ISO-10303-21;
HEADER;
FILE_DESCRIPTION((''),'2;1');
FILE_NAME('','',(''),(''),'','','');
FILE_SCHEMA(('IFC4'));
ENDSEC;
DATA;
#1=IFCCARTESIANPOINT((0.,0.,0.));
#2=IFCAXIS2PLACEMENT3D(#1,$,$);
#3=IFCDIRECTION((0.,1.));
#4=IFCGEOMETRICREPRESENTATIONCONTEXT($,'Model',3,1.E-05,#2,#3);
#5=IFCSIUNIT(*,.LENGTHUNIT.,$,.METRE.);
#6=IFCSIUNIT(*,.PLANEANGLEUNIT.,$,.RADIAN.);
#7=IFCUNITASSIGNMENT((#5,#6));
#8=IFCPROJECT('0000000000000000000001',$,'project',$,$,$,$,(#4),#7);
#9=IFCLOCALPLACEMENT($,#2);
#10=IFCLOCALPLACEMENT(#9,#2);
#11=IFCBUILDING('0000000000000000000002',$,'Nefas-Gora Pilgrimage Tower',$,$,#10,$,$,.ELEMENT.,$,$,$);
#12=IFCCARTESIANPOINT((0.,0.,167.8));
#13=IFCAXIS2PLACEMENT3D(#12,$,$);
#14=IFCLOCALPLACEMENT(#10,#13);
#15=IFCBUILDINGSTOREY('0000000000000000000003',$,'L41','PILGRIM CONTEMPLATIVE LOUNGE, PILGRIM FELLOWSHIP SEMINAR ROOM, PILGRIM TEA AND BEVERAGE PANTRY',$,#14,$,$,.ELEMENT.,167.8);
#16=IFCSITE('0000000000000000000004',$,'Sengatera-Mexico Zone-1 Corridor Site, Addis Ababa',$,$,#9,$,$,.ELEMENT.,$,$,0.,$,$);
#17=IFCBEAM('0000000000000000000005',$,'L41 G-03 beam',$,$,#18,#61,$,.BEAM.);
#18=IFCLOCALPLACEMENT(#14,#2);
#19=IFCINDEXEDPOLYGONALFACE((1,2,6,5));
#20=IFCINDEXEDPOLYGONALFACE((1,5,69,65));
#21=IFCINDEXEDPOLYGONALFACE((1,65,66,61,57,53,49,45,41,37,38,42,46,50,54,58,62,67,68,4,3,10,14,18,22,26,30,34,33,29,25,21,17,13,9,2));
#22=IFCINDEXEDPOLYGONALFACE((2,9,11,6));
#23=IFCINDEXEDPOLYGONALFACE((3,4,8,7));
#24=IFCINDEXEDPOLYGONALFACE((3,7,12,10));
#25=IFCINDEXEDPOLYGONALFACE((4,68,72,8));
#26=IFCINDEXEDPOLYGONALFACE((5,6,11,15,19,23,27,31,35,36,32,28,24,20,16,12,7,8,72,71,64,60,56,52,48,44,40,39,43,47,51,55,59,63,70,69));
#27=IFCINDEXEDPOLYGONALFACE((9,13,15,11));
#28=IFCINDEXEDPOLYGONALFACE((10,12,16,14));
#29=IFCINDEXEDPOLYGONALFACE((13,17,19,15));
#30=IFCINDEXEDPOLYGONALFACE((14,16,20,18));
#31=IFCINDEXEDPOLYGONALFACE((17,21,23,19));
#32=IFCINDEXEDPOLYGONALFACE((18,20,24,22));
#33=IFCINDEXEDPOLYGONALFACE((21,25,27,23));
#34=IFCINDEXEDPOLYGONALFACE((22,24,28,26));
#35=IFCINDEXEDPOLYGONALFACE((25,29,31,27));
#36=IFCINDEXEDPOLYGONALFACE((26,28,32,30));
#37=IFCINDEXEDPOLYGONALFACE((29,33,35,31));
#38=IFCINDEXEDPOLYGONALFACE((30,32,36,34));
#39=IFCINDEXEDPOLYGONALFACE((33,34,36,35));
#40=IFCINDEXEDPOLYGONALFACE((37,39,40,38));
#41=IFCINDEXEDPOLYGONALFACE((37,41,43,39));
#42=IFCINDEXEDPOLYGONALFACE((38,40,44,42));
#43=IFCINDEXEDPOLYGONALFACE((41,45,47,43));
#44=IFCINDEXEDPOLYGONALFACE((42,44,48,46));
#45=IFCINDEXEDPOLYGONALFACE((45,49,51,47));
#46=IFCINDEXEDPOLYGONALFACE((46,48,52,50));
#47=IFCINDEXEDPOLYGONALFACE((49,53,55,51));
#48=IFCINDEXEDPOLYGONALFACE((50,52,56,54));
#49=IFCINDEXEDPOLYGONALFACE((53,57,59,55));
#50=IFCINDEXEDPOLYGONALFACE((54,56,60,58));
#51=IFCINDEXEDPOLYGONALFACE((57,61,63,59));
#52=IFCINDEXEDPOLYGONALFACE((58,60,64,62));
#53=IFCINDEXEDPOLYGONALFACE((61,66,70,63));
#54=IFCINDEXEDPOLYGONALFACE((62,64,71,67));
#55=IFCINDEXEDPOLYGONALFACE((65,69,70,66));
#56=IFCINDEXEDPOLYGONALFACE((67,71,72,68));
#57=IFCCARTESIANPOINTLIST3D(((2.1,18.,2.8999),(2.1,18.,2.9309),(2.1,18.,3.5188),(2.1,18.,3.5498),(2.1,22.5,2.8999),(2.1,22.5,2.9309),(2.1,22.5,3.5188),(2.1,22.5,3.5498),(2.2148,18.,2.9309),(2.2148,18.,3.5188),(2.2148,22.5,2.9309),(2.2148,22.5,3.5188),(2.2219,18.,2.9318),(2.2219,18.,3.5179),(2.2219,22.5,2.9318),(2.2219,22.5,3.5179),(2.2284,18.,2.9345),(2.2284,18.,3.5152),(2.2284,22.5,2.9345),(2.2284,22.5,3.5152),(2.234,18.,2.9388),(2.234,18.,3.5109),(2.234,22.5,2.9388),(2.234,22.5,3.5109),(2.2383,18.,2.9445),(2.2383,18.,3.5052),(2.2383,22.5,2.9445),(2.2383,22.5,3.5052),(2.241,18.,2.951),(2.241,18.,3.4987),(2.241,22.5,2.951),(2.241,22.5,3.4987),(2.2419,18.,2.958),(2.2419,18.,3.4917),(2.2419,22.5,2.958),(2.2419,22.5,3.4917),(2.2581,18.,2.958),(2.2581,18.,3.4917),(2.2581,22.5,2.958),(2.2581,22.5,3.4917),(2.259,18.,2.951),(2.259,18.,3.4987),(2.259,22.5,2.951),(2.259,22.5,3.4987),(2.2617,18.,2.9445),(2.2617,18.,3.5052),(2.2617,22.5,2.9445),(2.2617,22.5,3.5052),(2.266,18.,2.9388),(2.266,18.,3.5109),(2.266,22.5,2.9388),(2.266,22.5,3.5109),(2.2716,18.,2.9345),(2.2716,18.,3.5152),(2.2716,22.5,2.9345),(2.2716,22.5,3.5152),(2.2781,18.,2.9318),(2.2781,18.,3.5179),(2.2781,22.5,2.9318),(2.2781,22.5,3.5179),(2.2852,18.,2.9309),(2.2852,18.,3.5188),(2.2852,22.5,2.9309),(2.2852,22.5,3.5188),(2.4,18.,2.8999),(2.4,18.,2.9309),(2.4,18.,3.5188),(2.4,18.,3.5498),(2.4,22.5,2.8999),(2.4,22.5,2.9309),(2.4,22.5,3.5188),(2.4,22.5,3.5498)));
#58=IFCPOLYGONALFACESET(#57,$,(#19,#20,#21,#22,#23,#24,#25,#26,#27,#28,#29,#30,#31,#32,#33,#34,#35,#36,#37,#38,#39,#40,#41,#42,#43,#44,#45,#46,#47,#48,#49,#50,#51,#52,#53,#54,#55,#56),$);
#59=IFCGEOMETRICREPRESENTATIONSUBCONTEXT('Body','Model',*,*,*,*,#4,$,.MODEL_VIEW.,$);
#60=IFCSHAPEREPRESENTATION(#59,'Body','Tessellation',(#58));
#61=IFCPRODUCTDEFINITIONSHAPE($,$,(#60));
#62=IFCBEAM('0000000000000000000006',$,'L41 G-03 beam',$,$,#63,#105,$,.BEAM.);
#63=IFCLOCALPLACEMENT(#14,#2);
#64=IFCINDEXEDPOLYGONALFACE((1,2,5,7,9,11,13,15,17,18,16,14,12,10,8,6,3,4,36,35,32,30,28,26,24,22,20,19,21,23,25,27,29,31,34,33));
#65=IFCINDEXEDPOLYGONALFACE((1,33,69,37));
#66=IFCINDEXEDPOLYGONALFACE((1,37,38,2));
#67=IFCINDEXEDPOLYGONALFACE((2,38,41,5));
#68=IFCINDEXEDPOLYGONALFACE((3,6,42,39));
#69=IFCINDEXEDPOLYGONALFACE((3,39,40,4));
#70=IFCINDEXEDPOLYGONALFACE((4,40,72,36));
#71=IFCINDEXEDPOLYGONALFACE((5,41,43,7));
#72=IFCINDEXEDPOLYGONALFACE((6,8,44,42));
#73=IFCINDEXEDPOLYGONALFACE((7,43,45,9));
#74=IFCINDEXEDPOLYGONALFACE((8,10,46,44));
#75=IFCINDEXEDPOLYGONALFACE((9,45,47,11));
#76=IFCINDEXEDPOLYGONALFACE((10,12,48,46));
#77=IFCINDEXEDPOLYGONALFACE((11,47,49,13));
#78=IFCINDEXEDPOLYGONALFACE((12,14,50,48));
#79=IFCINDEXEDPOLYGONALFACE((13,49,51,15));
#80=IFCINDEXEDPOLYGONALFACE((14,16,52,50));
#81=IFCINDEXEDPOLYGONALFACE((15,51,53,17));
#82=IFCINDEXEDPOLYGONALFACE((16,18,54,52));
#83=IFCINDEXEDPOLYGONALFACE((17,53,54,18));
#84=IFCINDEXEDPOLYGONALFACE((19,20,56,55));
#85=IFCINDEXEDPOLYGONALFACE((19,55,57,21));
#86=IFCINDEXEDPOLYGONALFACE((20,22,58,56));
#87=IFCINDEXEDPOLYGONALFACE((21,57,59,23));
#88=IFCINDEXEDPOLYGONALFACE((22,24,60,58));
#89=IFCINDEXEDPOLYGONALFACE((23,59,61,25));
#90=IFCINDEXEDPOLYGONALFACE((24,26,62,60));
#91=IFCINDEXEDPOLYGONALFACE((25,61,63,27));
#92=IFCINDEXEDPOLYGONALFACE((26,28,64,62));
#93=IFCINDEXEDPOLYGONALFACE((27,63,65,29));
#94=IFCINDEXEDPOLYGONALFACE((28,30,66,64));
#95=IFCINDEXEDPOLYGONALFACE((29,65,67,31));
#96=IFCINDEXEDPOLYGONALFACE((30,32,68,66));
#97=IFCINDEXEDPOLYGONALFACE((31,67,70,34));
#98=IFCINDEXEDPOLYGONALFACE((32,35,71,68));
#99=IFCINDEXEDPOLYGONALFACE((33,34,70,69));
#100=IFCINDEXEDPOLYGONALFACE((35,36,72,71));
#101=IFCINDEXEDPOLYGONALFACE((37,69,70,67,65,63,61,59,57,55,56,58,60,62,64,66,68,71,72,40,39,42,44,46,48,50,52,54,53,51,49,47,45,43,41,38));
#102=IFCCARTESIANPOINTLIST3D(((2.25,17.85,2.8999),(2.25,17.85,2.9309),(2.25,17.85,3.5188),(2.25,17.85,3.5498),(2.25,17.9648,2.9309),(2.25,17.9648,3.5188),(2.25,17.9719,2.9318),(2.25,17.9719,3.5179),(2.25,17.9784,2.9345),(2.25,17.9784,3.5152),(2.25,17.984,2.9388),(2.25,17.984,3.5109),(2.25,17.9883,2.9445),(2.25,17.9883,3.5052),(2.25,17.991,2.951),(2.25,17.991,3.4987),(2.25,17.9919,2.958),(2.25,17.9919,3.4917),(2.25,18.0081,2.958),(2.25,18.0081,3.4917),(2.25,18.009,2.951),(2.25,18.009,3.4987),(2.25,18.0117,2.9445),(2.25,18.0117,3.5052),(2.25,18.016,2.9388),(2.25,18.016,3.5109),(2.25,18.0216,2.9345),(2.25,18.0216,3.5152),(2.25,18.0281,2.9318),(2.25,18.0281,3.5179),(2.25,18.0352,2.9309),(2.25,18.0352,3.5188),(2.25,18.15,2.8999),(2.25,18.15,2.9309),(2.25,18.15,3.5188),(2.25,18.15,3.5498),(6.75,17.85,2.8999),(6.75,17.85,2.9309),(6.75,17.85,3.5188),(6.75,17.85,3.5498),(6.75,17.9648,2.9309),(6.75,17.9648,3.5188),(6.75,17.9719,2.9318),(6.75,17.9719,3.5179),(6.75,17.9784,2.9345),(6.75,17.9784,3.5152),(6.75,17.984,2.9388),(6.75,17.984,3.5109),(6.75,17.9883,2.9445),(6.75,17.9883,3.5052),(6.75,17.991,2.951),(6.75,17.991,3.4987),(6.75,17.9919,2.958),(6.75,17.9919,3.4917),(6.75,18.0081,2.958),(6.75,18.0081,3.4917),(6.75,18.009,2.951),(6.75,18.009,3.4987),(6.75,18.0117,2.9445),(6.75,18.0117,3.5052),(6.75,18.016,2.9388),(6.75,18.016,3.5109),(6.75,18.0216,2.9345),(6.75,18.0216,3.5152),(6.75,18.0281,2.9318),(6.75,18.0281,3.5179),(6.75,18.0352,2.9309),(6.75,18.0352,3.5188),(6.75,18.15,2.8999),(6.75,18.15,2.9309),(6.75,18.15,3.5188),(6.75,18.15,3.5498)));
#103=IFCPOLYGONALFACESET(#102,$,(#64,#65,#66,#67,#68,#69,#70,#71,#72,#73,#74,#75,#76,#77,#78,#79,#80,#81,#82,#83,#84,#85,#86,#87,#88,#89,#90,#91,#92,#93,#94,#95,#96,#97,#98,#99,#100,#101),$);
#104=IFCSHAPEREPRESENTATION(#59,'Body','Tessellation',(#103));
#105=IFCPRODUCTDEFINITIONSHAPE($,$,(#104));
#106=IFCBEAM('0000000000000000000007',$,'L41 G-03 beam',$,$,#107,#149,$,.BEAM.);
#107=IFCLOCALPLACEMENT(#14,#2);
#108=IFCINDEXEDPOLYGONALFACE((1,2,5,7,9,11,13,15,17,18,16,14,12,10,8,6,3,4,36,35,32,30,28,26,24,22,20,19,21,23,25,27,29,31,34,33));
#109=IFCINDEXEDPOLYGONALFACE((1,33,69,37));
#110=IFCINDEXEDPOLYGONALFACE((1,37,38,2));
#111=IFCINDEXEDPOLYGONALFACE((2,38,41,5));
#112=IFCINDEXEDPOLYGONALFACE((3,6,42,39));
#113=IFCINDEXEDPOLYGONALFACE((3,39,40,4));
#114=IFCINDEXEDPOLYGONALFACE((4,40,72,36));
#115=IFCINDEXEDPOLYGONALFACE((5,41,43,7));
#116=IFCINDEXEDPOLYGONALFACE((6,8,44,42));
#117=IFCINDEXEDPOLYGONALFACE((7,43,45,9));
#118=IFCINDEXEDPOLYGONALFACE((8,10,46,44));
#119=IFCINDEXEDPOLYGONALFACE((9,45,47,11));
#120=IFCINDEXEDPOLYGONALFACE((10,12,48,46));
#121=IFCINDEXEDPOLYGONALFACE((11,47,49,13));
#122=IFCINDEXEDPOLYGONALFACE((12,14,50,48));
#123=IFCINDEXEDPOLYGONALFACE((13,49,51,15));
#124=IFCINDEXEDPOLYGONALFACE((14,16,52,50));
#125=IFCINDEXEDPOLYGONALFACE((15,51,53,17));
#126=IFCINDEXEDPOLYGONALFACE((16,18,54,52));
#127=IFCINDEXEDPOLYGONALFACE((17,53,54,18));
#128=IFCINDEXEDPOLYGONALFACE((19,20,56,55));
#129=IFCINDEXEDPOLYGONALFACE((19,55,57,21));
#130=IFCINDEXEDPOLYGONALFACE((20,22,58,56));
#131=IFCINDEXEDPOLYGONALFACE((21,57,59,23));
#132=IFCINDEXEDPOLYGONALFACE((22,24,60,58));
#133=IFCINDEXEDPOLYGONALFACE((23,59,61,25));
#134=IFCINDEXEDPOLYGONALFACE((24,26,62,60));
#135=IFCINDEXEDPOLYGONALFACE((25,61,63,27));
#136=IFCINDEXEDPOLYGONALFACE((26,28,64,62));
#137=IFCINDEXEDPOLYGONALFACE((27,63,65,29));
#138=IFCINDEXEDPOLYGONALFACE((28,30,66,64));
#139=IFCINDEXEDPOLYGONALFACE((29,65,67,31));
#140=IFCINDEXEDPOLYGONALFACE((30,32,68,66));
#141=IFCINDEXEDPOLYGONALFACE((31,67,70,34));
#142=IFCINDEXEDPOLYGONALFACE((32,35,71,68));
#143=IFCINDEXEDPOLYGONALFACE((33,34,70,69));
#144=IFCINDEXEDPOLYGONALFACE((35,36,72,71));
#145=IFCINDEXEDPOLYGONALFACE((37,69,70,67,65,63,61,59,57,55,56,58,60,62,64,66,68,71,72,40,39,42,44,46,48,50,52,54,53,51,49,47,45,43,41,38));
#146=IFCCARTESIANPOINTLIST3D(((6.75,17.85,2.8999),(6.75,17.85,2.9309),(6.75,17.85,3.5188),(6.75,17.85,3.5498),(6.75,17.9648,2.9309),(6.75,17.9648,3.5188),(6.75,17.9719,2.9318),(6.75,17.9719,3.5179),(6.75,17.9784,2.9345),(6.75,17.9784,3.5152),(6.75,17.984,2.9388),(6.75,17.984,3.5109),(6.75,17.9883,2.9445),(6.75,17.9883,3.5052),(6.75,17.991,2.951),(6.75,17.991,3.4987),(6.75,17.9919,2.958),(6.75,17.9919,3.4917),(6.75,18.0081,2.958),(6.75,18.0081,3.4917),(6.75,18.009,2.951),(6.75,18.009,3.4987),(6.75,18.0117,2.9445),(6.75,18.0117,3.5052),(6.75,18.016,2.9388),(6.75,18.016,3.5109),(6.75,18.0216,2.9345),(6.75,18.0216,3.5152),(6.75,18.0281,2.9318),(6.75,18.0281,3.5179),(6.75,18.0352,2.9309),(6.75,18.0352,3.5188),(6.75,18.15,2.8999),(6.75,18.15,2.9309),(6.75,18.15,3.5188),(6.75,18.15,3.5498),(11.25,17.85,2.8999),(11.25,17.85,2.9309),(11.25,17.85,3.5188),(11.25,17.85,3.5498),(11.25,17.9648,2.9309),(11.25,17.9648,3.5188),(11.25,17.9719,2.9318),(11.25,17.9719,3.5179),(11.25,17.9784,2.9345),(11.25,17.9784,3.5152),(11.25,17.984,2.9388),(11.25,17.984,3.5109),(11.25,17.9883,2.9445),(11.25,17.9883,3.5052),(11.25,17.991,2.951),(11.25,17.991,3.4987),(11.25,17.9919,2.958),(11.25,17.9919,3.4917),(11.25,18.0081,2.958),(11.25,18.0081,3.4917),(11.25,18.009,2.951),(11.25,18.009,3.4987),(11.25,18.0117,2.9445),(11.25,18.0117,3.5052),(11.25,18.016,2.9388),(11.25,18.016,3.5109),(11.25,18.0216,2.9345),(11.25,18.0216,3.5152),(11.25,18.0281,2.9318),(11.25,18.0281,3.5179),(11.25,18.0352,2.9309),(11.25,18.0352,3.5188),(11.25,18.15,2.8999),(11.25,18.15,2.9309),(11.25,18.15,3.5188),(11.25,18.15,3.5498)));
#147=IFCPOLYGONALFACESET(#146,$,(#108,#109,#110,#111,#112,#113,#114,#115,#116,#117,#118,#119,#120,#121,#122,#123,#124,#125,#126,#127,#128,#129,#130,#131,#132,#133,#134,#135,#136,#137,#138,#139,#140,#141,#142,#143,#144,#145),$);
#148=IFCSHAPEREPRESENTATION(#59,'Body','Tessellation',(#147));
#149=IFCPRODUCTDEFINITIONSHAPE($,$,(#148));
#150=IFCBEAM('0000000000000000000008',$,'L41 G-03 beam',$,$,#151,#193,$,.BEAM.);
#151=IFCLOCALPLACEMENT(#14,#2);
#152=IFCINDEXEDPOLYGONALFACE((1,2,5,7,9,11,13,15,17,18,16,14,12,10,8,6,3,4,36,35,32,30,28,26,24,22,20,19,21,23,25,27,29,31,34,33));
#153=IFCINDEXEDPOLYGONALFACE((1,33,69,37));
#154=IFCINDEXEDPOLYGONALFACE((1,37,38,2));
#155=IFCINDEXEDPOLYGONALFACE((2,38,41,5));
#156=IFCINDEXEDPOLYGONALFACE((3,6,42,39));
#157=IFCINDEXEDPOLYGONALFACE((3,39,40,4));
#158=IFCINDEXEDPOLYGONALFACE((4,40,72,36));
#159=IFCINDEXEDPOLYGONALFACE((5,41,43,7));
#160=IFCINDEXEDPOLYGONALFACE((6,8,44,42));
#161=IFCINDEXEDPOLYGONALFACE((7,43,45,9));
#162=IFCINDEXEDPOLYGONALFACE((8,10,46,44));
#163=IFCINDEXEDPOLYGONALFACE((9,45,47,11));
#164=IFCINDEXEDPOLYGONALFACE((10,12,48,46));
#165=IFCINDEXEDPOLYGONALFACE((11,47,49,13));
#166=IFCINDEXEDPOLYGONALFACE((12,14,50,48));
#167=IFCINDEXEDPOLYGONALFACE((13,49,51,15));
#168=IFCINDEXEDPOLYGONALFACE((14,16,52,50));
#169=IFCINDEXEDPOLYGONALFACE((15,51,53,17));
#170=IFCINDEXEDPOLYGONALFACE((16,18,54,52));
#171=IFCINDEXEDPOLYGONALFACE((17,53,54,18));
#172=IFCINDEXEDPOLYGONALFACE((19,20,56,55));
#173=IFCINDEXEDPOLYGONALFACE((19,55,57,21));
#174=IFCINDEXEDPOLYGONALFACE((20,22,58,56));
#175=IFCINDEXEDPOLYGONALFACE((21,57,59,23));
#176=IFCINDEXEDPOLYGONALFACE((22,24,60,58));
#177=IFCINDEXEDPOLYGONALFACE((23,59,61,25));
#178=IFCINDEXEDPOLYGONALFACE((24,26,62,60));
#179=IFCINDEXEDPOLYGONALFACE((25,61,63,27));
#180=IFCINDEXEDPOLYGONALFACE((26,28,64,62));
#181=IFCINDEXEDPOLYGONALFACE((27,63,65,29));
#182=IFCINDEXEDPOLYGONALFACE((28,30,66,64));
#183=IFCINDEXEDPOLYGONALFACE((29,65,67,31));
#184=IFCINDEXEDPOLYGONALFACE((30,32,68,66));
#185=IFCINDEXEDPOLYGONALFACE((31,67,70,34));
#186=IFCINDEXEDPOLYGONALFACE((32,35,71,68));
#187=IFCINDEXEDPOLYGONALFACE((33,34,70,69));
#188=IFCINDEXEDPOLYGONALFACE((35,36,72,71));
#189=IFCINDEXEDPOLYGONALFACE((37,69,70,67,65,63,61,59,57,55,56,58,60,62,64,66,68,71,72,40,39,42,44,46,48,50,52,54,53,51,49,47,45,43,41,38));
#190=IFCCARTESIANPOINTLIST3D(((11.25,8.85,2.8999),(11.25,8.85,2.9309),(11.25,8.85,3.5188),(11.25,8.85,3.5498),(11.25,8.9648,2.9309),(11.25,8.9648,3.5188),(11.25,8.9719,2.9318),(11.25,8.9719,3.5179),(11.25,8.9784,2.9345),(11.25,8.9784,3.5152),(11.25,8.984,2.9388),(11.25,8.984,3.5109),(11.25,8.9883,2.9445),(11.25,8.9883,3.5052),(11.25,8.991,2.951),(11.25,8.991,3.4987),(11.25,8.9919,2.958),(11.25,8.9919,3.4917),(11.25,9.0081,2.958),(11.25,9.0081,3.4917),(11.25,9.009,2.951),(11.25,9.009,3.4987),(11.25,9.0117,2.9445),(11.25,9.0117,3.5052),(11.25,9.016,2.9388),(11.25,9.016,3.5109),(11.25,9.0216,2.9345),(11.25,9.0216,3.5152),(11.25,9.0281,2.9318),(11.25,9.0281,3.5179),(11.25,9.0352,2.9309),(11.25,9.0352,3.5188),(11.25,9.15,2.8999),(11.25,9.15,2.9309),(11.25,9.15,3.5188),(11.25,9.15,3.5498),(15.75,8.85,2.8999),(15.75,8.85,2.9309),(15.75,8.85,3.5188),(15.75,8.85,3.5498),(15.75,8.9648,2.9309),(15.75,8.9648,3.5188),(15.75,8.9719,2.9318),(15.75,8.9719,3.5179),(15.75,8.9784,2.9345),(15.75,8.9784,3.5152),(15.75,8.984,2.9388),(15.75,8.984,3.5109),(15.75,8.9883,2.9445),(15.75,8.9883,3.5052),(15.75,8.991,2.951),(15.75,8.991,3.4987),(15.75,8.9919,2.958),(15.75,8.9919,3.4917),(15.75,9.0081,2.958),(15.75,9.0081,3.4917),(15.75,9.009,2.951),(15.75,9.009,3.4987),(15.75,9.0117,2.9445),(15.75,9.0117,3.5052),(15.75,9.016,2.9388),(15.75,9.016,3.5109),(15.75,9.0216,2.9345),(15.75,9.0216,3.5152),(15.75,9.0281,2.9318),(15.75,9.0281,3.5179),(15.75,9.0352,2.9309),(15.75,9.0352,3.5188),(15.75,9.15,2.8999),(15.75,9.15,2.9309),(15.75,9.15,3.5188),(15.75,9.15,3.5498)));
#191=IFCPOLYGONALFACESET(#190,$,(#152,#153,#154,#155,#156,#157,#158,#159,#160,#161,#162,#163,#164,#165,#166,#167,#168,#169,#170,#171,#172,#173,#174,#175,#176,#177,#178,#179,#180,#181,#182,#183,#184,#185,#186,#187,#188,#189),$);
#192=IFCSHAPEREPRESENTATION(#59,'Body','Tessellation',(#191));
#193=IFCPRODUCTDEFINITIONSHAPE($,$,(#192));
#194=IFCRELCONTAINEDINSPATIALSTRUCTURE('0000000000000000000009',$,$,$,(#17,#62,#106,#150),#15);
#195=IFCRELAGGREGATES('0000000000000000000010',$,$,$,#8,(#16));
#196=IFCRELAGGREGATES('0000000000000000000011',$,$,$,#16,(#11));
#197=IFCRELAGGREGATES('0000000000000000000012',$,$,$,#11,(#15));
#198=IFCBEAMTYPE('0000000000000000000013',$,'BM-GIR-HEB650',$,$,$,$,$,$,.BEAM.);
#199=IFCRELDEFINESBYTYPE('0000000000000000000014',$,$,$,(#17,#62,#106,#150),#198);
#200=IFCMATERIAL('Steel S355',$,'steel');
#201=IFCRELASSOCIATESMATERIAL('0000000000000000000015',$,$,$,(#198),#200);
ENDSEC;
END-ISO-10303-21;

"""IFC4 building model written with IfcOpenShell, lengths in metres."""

from ifc_helpers import new_model, si_unit, direction, frame, origin, origin_2d, place, context, subcontext, project, spatial, i_section, extrude, source, transform, mapped, material, material_profile, profile_set, type_object, element, save


model = new_model("IFC4")

# Units and contexts
model_context = context("Model", 3, precision=1e-05, world=origin(), true_north=direction((0.0, 1.0)))
body_context = subcontext(model_context, "Body", "Model", "MODEL_VIEW")
ifc_project = project(units=[si_unit("LENGTHUNIT", "METRE"), si_unit("PLANEANGLEUNIT", "RADIAN")], contexts=[model_context])

# Site, building, storey
site_placement = place(None, origin())
site = spatial("IfcSite", under=ifc_project, at=site_placement, Name="Sengatera-Mexico Zone-1 Corridor Site, Addis Ababa", CompositionType="ELEMENT", RefElevation=0.0)
building_placement = place(site_placement, origin())
building = spatial("IfcBuilding", under=site, at=building_placement, Name="Nefas-Gora Pilgrimage Tower", CompositionType="ELEMENT")
storey_placement = place(building_placement, frame((0.0, 0.0, 167.8)))
storey = spatial("IfcBuildingStorey", under=building, at=storey_placement, Name="L41", Description="PILGRIM CONTEMPLATIVE LOUNGE, PILGRIM FELLOWSHIP SEMINAR ROOM, PILGRIM TEA AND BEVERAGE PANTRY", CompositionType="ELEMENT", Elevation=167.8)

# Beams
ifc_material_1 = material(Name="Steel S355", Category="steel")
ifc_material_profile_1 = material_profile(ifc_material_1, i_section(OverallWidth=0.3, OverallDepth=0.6499, WebThickness=0.0161, FlangeThickness=0.031, FilletRadius=0.0271, at=origin_2d()), Name="HEB 650")
ifc_profile_set_1 = profile_set([ifc_material_profile_1], Name="Steel S355")
beam_type = type_object("IfcBeamType", Name="BM-GIR-HEB650", PredefinedType="BEAM", material=ifc_profile_set_1)
shared_shape_1 = source(origin(), body_context, "Body", "SweptSolid", [
    extrude(i_section(OverallWidth=0.3, OverallDepth=0.6499, WebThickness=0.0161, FlangeThickness=0.031, FilletRadius=0.0271, at=origin_2d()), origin(), (0.0, 0.0, 1.0), 4.5),
])
for number, where, z_axis, x_axis, name in (
    (1, (2.25, 18.0, 3.2249), (0.0, 1.0, 0.0), (-1.0, 0.0, 0.0), "L41 G-03 beam"),
    (2, (2.25, 18.0, 3.2249), (1.0, 0.0, 0.0), (0.0, 1.0, 0.0), "L41 G-03 beam"),
    (3, (6.75, 18.0, 3.2249), (1.0, 0.0, 0.0), (0.0, 1.0, 0.0), "L41 G-03 beam"),
    (4, (11.25, 9.0, 3.2249), (1.0, 0.0, 0.0), (0.0, 1.0, 0.0), "L41 G-03 beam"),
):
    element("IfcBeam", number, at=place(storey_placement, frame(where, z_axis=z_axis, x_axis=x_axis)), inside=storey, type_object=beam_type, Name=name, PredefinedType="BEAM", context=body_context, shape_type="MappedRepresentation", body=[
        mapped(shared_shape_1, transform((0.0, 0.0, 0.0), x_axis=(1.0, 0.0, 0.0), y_axis=(0.0, 1.0, 0.0), z_axis=(0.0, 0.0, 1.0), scale=1.0)),
    ])

save(model, "model.ifc")
